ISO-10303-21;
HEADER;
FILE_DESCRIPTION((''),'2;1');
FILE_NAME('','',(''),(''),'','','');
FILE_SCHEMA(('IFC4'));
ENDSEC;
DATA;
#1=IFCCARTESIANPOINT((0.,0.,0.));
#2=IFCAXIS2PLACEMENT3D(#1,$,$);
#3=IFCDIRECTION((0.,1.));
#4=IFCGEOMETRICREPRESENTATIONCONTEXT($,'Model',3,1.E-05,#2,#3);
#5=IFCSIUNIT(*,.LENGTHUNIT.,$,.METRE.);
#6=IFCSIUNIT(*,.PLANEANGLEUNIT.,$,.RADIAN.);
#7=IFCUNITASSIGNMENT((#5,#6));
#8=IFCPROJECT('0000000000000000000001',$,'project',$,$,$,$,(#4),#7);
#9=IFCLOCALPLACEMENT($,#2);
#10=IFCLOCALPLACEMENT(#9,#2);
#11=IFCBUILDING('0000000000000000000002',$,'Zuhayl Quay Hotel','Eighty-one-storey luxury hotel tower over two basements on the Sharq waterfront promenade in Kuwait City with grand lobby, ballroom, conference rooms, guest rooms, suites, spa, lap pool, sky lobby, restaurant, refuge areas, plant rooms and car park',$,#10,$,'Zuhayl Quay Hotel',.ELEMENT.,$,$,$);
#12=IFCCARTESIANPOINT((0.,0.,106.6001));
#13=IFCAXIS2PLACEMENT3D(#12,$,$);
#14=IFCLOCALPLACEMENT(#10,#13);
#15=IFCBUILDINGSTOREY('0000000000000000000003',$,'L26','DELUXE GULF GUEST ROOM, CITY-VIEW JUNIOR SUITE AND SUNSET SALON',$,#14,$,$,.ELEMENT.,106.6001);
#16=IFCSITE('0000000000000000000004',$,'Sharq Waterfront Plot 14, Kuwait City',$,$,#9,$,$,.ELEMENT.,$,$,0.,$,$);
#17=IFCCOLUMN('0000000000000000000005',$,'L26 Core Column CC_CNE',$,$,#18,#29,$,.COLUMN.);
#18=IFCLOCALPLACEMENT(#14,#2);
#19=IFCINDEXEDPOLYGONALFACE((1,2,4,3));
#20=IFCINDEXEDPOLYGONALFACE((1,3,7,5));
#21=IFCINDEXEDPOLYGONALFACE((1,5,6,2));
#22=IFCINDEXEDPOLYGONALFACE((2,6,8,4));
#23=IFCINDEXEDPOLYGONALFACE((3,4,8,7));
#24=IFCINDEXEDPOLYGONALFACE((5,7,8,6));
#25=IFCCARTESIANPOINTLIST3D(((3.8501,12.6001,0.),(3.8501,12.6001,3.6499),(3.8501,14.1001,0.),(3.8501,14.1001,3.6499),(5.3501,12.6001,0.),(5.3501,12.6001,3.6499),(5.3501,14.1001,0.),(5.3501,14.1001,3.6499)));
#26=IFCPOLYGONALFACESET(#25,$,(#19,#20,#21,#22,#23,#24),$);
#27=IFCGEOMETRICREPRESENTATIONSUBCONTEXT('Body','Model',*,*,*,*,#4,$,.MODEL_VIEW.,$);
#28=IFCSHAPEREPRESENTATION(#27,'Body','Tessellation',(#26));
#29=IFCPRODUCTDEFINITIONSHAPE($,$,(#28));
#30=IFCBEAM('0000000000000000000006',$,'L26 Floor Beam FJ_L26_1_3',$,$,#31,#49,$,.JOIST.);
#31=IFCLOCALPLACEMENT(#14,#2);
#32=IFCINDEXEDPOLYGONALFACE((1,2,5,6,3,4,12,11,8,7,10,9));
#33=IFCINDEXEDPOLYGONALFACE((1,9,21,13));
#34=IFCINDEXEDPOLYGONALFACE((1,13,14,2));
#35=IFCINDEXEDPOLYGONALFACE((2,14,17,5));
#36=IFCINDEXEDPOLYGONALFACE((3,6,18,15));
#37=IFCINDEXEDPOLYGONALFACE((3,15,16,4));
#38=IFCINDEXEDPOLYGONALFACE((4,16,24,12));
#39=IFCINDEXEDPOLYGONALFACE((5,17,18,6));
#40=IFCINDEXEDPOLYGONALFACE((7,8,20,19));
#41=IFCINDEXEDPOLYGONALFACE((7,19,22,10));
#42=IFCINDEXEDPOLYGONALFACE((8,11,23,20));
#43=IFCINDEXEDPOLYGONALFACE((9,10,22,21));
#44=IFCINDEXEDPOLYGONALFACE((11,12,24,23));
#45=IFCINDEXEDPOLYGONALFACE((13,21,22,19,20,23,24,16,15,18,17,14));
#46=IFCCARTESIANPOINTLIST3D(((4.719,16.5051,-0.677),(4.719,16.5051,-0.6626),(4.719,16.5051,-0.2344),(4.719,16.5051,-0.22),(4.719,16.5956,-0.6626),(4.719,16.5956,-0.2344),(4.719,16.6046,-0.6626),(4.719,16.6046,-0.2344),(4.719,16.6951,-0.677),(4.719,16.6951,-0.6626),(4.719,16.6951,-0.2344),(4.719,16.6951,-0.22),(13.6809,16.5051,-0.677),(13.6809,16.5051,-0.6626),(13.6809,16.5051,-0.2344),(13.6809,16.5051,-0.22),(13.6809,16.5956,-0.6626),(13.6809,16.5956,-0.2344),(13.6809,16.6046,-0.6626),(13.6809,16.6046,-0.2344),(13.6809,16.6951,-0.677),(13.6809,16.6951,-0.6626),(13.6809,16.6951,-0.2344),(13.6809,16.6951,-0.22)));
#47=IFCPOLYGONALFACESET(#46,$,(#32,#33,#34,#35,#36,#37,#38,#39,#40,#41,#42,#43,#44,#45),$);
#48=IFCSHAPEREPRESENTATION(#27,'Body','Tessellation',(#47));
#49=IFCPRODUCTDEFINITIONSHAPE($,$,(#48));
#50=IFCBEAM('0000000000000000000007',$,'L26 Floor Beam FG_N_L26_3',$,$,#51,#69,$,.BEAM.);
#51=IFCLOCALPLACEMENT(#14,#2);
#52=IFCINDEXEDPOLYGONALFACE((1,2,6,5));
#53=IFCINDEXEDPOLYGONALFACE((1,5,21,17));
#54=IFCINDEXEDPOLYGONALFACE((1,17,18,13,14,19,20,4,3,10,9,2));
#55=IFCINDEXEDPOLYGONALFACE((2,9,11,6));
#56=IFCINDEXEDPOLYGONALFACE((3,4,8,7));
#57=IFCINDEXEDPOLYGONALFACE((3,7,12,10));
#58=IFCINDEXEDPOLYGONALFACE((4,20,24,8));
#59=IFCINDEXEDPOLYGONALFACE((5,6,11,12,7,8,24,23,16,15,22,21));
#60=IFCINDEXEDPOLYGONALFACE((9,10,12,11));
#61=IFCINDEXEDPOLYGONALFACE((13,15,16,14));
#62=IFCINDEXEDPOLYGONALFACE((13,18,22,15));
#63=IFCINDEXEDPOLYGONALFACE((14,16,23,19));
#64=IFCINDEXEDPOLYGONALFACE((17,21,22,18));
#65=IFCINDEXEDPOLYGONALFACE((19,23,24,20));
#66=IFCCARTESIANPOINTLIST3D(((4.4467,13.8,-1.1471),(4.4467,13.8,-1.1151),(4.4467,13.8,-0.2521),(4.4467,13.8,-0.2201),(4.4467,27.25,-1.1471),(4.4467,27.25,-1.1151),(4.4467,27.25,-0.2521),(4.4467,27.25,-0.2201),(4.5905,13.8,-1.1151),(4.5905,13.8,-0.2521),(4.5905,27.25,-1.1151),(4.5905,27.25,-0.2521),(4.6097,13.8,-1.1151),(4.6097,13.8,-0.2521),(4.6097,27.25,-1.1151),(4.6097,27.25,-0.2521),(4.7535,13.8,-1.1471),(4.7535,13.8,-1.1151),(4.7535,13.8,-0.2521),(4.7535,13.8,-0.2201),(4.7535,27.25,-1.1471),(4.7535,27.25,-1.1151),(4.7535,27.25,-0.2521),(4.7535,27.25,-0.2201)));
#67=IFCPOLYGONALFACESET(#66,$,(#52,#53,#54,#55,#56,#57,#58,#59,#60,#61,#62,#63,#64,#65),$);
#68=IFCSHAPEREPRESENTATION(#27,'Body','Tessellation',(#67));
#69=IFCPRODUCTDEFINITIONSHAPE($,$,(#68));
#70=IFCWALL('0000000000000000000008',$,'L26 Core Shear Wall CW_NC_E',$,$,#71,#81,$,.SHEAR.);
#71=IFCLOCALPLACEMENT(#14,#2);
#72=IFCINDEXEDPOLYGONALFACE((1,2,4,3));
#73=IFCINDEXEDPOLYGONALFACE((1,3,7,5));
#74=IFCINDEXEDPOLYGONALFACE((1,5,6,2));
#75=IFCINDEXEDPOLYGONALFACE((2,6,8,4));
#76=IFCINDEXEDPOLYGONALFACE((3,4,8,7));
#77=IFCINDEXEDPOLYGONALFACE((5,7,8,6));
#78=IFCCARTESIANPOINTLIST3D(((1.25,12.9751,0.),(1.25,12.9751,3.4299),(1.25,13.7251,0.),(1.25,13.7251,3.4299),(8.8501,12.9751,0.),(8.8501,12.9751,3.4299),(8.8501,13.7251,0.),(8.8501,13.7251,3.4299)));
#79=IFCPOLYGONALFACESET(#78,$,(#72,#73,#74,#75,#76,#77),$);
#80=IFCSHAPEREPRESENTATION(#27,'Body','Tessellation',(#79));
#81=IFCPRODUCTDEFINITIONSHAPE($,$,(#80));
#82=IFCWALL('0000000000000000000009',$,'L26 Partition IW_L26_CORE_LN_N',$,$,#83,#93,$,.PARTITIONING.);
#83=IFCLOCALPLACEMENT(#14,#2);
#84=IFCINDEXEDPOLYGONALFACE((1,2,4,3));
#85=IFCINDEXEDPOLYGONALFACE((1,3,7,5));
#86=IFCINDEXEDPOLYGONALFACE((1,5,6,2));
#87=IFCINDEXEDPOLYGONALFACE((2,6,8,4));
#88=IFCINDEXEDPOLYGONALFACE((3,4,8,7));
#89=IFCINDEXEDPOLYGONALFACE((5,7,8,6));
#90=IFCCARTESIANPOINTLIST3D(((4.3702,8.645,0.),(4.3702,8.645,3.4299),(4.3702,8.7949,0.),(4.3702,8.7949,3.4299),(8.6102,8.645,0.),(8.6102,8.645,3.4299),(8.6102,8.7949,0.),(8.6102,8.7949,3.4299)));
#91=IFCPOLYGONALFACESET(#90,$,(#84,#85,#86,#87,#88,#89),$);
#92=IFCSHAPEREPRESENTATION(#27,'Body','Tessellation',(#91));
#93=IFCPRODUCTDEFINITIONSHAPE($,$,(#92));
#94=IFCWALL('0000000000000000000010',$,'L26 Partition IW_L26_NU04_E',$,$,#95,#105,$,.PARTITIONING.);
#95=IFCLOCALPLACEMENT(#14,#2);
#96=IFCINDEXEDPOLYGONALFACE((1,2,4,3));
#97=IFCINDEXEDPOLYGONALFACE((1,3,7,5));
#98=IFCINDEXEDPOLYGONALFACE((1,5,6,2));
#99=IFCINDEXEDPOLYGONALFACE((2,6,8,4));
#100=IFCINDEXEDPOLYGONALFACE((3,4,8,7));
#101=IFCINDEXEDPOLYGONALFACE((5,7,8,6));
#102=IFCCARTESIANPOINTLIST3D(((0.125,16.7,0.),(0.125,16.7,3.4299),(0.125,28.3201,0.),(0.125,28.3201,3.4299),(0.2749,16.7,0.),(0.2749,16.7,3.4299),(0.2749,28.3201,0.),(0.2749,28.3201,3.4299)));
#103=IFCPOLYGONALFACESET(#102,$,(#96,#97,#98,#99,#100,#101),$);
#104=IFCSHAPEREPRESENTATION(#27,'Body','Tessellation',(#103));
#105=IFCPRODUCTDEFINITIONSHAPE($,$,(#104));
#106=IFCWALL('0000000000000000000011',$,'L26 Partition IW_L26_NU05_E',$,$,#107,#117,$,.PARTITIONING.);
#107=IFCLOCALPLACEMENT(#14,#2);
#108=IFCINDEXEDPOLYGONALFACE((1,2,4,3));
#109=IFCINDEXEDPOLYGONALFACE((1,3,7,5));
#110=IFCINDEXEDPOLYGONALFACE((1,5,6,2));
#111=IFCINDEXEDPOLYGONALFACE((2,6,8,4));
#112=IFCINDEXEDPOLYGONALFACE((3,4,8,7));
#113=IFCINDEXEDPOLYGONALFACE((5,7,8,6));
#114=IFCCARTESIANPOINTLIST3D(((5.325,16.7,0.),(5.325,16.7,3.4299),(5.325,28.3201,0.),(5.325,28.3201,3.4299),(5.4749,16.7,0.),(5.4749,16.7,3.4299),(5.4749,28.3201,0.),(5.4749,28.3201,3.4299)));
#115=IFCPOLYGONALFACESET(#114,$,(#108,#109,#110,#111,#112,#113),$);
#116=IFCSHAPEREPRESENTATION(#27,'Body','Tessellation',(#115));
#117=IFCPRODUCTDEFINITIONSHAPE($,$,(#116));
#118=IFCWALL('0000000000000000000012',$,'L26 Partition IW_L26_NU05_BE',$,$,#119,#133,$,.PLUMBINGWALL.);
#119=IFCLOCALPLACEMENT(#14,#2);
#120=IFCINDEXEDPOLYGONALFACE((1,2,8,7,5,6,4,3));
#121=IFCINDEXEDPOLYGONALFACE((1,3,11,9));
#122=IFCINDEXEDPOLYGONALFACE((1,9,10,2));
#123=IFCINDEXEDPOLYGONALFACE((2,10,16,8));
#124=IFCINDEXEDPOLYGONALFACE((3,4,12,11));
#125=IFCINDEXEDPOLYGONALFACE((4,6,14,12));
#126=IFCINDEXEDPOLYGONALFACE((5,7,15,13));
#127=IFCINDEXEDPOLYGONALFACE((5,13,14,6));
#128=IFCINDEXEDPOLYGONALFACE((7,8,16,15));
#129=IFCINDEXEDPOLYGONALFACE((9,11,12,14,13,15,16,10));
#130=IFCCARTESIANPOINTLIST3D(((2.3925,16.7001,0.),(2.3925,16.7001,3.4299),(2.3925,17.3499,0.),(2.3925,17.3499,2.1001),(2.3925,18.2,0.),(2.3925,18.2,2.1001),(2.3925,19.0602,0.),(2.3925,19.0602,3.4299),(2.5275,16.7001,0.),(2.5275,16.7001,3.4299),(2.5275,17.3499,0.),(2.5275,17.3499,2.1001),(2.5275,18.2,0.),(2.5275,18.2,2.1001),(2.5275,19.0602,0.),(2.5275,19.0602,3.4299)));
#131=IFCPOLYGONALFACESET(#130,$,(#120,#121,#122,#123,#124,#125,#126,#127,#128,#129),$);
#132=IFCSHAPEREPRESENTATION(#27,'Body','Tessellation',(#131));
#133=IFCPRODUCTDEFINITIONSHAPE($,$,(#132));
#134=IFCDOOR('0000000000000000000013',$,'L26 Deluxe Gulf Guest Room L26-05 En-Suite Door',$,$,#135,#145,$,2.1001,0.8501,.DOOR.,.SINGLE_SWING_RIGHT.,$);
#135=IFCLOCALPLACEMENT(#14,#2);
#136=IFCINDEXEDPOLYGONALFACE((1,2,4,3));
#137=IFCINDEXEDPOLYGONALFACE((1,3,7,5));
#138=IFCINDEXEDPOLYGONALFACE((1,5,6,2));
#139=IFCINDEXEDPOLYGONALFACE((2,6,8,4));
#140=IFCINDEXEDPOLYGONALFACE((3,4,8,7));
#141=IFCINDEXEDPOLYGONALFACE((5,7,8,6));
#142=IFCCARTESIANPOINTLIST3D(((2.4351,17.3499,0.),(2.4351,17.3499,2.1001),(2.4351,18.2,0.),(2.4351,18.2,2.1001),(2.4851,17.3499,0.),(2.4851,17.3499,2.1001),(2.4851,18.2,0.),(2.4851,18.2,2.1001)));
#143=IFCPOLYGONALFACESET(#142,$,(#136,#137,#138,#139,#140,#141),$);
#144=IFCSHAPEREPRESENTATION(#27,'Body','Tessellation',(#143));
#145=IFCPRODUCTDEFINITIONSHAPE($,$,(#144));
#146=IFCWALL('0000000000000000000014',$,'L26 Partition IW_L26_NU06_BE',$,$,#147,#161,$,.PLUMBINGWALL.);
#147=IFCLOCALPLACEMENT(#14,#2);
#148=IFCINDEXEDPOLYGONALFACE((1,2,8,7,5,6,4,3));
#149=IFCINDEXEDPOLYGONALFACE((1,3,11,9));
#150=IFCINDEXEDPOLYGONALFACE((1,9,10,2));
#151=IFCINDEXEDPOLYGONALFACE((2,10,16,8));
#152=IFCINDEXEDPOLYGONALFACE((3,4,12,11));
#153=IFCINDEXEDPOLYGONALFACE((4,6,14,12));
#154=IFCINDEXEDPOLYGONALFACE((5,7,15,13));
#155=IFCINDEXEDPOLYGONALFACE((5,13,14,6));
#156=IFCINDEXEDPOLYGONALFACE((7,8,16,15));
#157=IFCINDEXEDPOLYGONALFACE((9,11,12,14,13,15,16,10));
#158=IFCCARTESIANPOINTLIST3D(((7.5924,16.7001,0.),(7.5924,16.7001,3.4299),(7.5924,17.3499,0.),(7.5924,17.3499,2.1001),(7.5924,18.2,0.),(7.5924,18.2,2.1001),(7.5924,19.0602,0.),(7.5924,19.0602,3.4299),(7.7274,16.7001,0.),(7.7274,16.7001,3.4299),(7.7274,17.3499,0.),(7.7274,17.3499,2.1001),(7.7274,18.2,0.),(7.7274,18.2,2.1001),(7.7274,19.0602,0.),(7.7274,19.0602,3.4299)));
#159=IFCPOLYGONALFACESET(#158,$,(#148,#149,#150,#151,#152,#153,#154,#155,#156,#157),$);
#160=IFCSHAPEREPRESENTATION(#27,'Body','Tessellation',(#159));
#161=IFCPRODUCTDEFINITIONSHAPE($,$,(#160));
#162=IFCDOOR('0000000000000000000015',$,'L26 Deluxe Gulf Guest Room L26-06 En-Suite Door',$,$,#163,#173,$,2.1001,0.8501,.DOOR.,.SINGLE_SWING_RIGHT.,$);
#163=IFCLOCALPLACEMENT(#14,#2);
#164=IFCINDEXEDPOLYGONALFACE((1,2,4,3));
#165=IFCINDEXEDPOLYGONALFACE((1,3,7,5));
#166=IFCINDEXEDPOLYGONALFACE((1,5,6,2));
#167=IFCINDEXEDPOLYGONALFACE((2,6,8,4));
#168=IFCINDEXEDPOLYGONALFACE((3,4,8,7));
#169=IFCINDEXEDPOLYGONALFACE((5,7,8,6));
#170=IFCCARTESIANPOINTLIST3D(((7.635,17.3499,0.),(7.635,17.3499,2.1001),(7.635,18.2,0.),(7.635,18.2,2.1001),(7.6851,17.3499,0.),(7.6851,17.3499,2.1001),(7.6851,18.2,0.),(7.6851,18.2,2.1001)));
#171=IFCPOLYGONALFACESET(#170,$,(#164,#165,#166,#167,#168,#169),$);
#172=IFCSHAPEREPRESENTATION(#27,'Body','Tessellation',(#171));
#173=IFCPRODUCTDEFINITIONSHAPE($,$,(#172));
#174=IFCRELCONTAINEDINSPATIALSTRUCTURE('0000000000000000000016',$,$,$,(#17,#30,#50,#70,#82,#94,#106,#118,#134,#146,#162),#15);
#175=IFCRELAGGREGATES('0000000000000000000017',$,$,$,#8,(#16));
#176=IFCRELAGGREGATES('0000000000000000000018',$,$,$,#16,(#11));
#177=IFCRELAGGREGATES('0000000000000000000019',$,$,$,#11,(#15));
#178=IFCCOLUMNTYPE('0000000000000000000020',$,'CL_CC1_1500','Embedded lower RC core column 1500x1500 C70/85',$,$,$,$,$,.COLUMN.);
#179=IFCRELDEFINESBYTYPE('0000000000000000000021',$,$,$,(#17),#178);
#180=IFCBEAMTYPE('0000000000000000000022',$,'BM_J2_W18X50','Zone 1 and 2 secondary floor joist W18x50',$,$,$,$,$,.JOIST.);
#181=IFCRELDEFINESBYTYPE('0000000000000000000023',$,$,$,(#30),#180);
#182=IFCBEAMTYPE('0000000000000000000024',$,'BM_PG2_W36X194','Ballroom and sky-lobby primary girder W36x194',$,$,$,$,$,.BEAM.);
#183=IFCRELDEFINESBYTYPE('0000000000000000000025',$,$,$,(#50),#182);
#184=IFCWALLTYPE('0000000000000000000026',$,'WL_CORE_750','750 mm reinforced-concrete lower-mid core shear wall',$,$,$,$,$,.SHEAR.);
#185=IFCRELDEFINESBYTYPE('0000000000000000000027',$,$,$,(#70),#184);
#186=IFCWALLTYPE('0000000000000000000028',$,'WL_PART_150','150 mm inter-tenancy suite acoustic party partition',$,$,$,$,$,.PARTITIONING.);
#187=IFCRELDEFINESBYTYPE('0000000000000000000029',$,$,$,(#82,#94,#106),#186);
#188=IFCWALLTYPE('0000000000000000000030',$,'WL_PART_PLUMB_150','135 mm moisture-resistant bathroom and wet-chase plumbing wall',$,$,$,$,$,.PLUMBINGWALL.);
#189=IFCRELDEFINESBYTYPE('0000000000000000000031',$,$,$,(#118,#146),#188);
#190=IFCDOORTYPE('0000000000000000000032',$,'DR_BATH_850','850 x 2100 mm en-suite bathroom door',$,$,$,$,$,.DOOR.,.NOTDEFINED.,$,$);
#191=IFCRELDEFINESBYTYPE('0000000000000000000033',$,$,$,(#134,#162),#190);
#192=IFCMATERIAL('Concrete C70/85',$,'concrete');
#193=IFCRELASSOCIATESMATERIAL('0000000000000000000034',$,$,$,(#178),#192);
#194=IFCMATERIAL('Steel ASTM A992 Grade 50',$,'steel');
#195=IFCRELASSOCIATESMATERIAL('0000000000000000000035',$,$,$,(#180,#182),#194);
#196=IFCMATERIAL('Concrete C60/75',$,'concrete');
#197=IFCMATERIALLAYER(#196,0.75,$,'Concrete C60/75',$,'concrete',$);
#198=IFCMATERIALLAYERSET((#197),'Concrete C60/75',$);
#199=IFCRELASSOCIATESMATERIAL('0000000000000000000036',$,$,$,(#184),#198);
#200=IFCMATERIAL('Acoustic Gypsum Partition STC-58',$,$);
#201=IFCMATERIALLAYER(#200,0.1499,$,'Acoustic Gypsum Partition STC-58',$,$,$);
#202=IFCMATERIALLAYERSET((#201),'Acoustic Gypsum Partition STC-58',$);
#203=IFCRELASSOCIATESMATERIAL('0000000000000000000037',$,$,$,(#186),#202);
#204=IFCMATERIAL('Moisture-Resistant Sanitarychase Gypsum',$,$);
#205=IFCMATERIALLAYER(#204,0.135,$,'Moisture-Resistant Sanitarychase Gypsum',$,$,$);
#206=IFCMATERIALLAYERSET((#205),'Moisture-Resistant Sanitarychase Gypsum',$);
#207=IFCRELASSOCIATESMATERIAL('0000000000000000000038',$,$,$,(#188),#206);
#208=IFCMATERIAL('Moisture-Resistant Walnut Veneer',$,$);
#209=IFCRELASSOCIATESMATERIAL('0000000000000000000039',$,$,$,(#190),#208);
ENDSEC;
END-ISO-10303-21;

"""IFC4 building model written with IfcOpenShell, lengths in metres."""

from ifc_helpers import new_model, si_unit, direction, frame, frame_2d, origin, origin_2d, place, context, subcontext, project, spatial, rectangle, i_section, extrude, material, layer, layer_set, material_profile, profile_set, type_object, element, fill, save


model = new_model("IFC4")

# Units and contexts
model_context = context("Model", 3, precision=1e-05, world=origin(), true_north=direction((0.0, 1.0)))
body_context = subcontext(model_context, "Body", "Model", "MODEL_VIEW")
ifc_project = project(units=[si_unit("LENGTHUNIT", "METRE"), si_unit("PLANEANGLEUNIT", "RADIAN")], contexts=[model_context])

# Site, building, storey
site_placement = place(None, origin())
site = spatial("IfcSite", under=ifc_project, at=site_placement, Name="Sharq Waterfront Plot 14, Kuwait City", CompositionType="ELEMENT", RefElevation=0.0)
building_placement = place(site_placement, origin())
building = spatial("IfcBuilding", under=site, at=building_placement, Name="Zuhayl Quay Hotel", Description="Eighty-one-storey luxury hotel tower over two basements on the Sharq waterfront promenade in Kuwait City with grand lobby, ballroom, conference rooms, guest rooms, suites, spa, lap pool, sky lobby, restaurant, refuge areas, plant rooms and car park", LongName="Zuhayl Quay Hotel", CompositionType="ELEMENT")
storey_placement = place(building_placement, frame((0.0, 0.0, 106.6001)))
storey = spatial("IfcBuildingStorey", under=building, at=storey_placement, Name="L26", Description="DELUXE GULF GUEST ROOM, CITY-VIEW JUNIOR SUITE AND SUNSET SALON", CompositionType="ELEMENT", Elevation=106.6001)

# Column
ifc_material_1 = material(Name="Concrete C70/85", Category="concrete")
ifc_material_profile_1 = material_profile(ifc_material_1, rectangle(XDim=1.5, YDim=1.5, at=origin_2d()), Name="RC1500X1500")
ifc_profile_set_1 = profile_set([ifc_material_profile_1], Name="Concrete C70/85")
column_type = type_object("IfcColumnType", Name="CL_CC1_1500", Description="Embedded lower RC core column 1500x1500 C70/85", PredefinedType="COLUMN", material=ifc_profile_set_1)
column_placement = place(storey_placement, frame((4.6001, 13.3501, 0.0), z_axis=(0.0, 0.0, 1.0), x_axis=(1.0, 0.0, 0.0)))
element("IfcColumn", 1, at=column_placement, inside=storey, type_object=column_type, Name="L26 Core Column CC_CNE", PredefinedType="COLUMN", context=body_context, shape_type="SweptSolid", body=[
    extrude(rectangle(XDim=1.5, YDim=1.5, at=origin_2d()), origin(), (0.0, 0.0, 1.0), 3.6499),
])

# Beams
ifc_material_2 = material(Name="Steel ASTM A992 Grade 50", Category="steel")
ifc_material_profile_2 = material_profile(ifc_material_2, i_section(OverallWidth=0.1899, OverallDepth=0.457, WebThickness=0.009, FlangeThickness=0.0144, at=origin_2d()), Name="W18X50")
ifc_profile_set_2 = profile_set([ifc_material_profile_2], Name="Steel ASTM A992 Grade 50")
beam_type_1 = type_object("IfcBeamType", Name="BM_J2_W18X50", Description="Zone 1 and 2 secondary floor joist W18x50", PredefinedType="JOIST", material=ifc_profile_set_2)
beam_1_placement = place(storey_placement, frame((4.719, 16.6001, -0.4485), z_axis=(1.0, 0.0, 0.0), x_axis=(0.0, 1.0, 0.0)))
element("IfcBeam", 2, at=beam_1_placement, inside=storey, type_object=beam_type_1, Name="L26 Floor Beam FJ_L26_1_3", PredefinedType="JOIST", context=body_context, shape_type="SweptSolid", body=[
    extrude(i_section(OverallWidth=0.1899, OverallDepth=0.457, WebThickness=0.009, FlangeThickness=0.0144, at=origin_2d()), origin(), (0.0, 0.0, 1.0), 8.9619),
])
ifc_material_profile_3 = material_profile(ifc_material_2, i_section(OverallWidth=0.3069, OverallDepth=0.927, WebThickness=0.0193, FlangeThickness=0.032, at=origin_2d()), Name="W36X194")
ifc_profile_set_3 = profile_set([ifc_material_profile_3], Name="Steel ASTM A992 Grade 50")
beam_type_2 = type_object("IfcBeamType", Name="BM_PG2_W36X194", Description="Ballroom and sky-lobby primary girder W36x194", PredefinedType="BEAM", material=ifc_profile_set_3)
beam_2_placement = place(storey_placement, frame((4.6001, 13.8, -0.6836), z_axis=(0.0, 1.0, 0.0), x_axis=(-1.0, 0.0, 0.0)))
element("IfcBeam", 3, at=beam_2_placement, inside=storey, type_object=beam_type_2, Name="L26 Floor Beam FG_N_L26_3", PredefinedType="BEAM", context=body_context, shape_type="SweptSolid", body=[
    extrude(i_section(OverallWidth=0.3069, OverallDepth=0.927, WebThickness=0.0193, FlangeThickness=0.032, at=origin_2d()), origin(), (0.0, 0.0, 1.0), 13.45),
])

# Wall
ifc_material_3 = material(Name="Concrete C60/75", Category="concrete")
ifc_layer_1 = layer(ifc_material_3, 0.75, Name="Concrete C60/75", Category="concrete")
ifc_layer_set_1 = layer_set([ifc_layer_1], Name="Concrete C60/75")
wall_type_1 = type_object("IfcWallType", Name="WL_CORE_750", Description="750 mm reinforced-concrete lower-mid core shear wall", PredefinedType="SHEAR", material=ifc_layer_set_1)
wall_1_placement = place(storey_placement, frame((1.25, 13.3501, 0.0), z_axis=(0.0, 0.0, 1.0), x_axis=(1.0, 0.0, 0.0)))
element("IfcWall", 4, at=wall_1_placement, inside=storey, type_object=wall_type_1, Name="L26 Core Shear Wall CW_NC_E", PredefinedType="SHEAR", context=body_context, shape_type="SweptSolid", body=[
    extrude(rectangle(XDim=7.6001, YDim=0.75, at=frame_2d((3.8, 0.0))), origin(), (0.0, 0.0, 1.0), 3.4299),
])

# Shared definitions
ifc_material_4 = material(Name="Acoustic Gypsum Partition STC-58")
ifc_layer_2 = layer(ifc_material_4, 0.1499, Name="Acoustic Gypsum Partition STC-58")
ifc_layer_set_2 = layer_set([ifc_layer_2], Name="Acoustic Gypsum Partition STC-58")
wall_type_2 = type_object("IfcWallType", Name="WL_PART_150", Description="150 mm inter-tenancy suite acoustic party partition", PredefinedType="PARTITIONING", material=ifc_layer_set_2)

# Walls
wall_2_placement = place(storey_placement, frame((4.3701, 8.72, 0.0), z_axis=(0.0, 0.0, 1.0), x_axis=(1.0, 0.0, 0.0)))
element("IfcWall", 5, at=wall_2_placement, inside=storey, type_object=wall_type_2, Name="L26 Partition IW_L26_CORE_LN_N", PredefinedType="PARTITIONING", context=body_context, shape_type="SweptSolid", body=[
    extrude(rectangle(XDim=4.24, YDim=0.1499, at=frame_2d((2.1201, 0.0))), origin(), (0.0, 0.0, 1.0), 3.4299),
])
for number, where, z_axis, x_axis, name in (
    (6, (0.2, 16.7, 0.0), (0.0, 0.0, 1.0), (0.0, 1.0, 0.0), "L26 Partition IW_L26_NU04_E"),
    (7, (5.3999, 16.7, 0.0), (0.0, 0.0, 1.0), (0.0, 1.0, 0.0), "L26 Partition IW_L26_NU05_E"),
):
    element("IfcWall", number, at=place(storey_placement, frame(where, z_axis=z_axis, x_axis=x_axis)), inside=storey, type_object=wall_type_2, Name=name, PredefinedType="PARTITIONING", context=body_context, shape_type="SweptSolid", body=[
        extrude(rectangle(XDim=11.6201, YDim=0.1499, at=frame_2d((5.8101, 0.0))), origin(), (0.0, 0.0, 1.0), 3.4299),
    ])

# Walls, openings, doors
ifc_material_5 = material(Name="Moisture-Resistant Sanitarychase Gypsum")
ifc_layer_3 = layer(ifc_material_5, 0.135, Name="Moisture-Resistant Sanitarychase Gypsum")
ifc_layer_set_3 = layer_set([ifc_layer_3], Name="Moisture-Resistant Sanitarychase Gypsum")
wall_type_3 = type_object("IfcWallType", Name="WL_PART_PLUMB_150", Description="135 mm moisture-resistant bathroom and wet-chase plumbing wall", PredefinedType="PLUMBINGWALL", material=ifc_layer_set_3)
wall_3_placement = place(storey_placement, frame((2.46, 16.7, 0.0), z_axis=(0.0, 0.0, 1.0), x_axis=(0.0, 1.0, 0.0)))
wall_3 = element("IfcWall", 8, at=wall_3_placement, inside=storey, type_object=wall_type_3, Name="L26 Partition IW_L26_NU05_BE", PredefinedType="PLUMBINGWALL", context=body_context, shape_type="SweptSolid", body=[
    extrude(rectangle(XDim=2.3601, YDim=0.135, at=frame_2d((1.1802, 0.0))), origin(), (0.0, 0.0, 1.0), 3.4299),
])
opening_1_placement = place(wall_3_placement, frame((0.6499, 0.0, 0.0)))
opening_1 = element("IfcOpeningElement", 9, at=opening_1_placement, cuts=wall_3, PredefinedType="OPENING", context=body_context, shape_type="SweptSolid", body=[
    extrude(rectangle(XDim=0.8501, YDim=2.1001, at=frame_2d((0.425, 1.05))), frame((0.0, 0.0774, 0.0), z_axis=(0.0, -1.0, 0.0), x_axis=(1.0, 0.0, 0.0)), (0.0, 0.0, 1.0), 0.155),
])
ifc_material_6 = material(Name="Moisture-Resistant Walnut Veneer")
door_type_1 = type_object("IfcDoorType", Name="DR_BATH_850", Description="850 x 2100 mm en-suite bathroom door", OperationType="NOTDEFINED", PredefinedType="DOOR", material=ifc_material_6)
door_1_placement = place(opening_1_placement, origin())
door_1 = element("IfcDoor", 10, at=door_1_placement, inside=storey, type_object=door_type_1, Name="L26 Deluxe Gulf Guest Room L26-05 En-Suite Door", OperationType="SINGLE_SWING_RIGHT", OverallHeight=2.1001, OverallWidth=0.8501, PredefinedType="DOOR", context=body_context, shape_type="SweptSolid", body=[
    extrude(rectangle(XDim=0.8501, YDim=2.1001, at=frame_2d((0.425, 1.05))), frame((0.0, 0.0249, 0.0), z_axis=(0.0, -1.0, 0.0), x_axis=(1.0, 0.0, 0.0)), (0.0, 0.0, 1.0), 0.05),
])
fill(opening_1, door_1)
wall_4_placement = place(storey_placement, frame((7.6599, 16.7, 0.0), z_axis=(0.0, 0.0, 1.0), x_axis=(0.0, 1.0, 0.0)))
wall_4 = element("IfcWall", 11, at=wall_4_placement, inside=storey, type_object=wall_type_3, Name="L26 Partition IW_L26_NU06_BE", PredefinedType="PLUMBINGWALL", context=body_context, shape_type="SweptSolid", body=[
    extrude(rectangle(XDim=2.3601, YDim=0.135, at=frame_2d((1.1802, 0.0))), origin(), (0.0, 0.0, 1.0), 3.4299),
])
opening_2_placement = place(wall_4_placement, frame((0.6499, 0.0, 0.0)))
opening_2 = element("IfcOpeningElement", 12, at=opening_2_placement, cuts=wall_4, PredefinedType="OPENING", context=body_context, shape_type="SweptSolid", body=[
    extrude(rectangle(XDim=0.8501, YDim=2.1001, at=frame_2d((0.425, 1.05))), frame((0.0, 0.0774, 0.0), z_axis=(0.0, -1.0, 0.0), x_axis=(1.0, 0.0, 0.0)), (0.0, 0.0, 1.0), 0.155),
])
door_2_placement = place(opening_2_placement, origin())
door_2 = element("IfcDoor", 13, at=door_2_placement, inside=storey, type_object=door_type_1, Name="L26 Deluxe Gulf Guest Room L26-06 En-Suite Door", OperationType="SINGLE_SWING_RIGHT", OverallHeight=2.1001, OverallWidth=0.8501, PredefinedType="DOOR", context=body_context, shape_type="SweptSolid", body=[
    extrude(rectangle(XDim=0.8501, YDim=2.1001, at=frame_2d((0.425, 1.05))), frame((0.0, 0.0249, 0.0), z_axis=(0.0, -1.0, 0.0), x_axis=(1.0, 0.0, 0.0)), (0.0, 0.0, 1.0), 0.05),
])
fill(opening_2, door_2)

save(model, "model.ifc")
